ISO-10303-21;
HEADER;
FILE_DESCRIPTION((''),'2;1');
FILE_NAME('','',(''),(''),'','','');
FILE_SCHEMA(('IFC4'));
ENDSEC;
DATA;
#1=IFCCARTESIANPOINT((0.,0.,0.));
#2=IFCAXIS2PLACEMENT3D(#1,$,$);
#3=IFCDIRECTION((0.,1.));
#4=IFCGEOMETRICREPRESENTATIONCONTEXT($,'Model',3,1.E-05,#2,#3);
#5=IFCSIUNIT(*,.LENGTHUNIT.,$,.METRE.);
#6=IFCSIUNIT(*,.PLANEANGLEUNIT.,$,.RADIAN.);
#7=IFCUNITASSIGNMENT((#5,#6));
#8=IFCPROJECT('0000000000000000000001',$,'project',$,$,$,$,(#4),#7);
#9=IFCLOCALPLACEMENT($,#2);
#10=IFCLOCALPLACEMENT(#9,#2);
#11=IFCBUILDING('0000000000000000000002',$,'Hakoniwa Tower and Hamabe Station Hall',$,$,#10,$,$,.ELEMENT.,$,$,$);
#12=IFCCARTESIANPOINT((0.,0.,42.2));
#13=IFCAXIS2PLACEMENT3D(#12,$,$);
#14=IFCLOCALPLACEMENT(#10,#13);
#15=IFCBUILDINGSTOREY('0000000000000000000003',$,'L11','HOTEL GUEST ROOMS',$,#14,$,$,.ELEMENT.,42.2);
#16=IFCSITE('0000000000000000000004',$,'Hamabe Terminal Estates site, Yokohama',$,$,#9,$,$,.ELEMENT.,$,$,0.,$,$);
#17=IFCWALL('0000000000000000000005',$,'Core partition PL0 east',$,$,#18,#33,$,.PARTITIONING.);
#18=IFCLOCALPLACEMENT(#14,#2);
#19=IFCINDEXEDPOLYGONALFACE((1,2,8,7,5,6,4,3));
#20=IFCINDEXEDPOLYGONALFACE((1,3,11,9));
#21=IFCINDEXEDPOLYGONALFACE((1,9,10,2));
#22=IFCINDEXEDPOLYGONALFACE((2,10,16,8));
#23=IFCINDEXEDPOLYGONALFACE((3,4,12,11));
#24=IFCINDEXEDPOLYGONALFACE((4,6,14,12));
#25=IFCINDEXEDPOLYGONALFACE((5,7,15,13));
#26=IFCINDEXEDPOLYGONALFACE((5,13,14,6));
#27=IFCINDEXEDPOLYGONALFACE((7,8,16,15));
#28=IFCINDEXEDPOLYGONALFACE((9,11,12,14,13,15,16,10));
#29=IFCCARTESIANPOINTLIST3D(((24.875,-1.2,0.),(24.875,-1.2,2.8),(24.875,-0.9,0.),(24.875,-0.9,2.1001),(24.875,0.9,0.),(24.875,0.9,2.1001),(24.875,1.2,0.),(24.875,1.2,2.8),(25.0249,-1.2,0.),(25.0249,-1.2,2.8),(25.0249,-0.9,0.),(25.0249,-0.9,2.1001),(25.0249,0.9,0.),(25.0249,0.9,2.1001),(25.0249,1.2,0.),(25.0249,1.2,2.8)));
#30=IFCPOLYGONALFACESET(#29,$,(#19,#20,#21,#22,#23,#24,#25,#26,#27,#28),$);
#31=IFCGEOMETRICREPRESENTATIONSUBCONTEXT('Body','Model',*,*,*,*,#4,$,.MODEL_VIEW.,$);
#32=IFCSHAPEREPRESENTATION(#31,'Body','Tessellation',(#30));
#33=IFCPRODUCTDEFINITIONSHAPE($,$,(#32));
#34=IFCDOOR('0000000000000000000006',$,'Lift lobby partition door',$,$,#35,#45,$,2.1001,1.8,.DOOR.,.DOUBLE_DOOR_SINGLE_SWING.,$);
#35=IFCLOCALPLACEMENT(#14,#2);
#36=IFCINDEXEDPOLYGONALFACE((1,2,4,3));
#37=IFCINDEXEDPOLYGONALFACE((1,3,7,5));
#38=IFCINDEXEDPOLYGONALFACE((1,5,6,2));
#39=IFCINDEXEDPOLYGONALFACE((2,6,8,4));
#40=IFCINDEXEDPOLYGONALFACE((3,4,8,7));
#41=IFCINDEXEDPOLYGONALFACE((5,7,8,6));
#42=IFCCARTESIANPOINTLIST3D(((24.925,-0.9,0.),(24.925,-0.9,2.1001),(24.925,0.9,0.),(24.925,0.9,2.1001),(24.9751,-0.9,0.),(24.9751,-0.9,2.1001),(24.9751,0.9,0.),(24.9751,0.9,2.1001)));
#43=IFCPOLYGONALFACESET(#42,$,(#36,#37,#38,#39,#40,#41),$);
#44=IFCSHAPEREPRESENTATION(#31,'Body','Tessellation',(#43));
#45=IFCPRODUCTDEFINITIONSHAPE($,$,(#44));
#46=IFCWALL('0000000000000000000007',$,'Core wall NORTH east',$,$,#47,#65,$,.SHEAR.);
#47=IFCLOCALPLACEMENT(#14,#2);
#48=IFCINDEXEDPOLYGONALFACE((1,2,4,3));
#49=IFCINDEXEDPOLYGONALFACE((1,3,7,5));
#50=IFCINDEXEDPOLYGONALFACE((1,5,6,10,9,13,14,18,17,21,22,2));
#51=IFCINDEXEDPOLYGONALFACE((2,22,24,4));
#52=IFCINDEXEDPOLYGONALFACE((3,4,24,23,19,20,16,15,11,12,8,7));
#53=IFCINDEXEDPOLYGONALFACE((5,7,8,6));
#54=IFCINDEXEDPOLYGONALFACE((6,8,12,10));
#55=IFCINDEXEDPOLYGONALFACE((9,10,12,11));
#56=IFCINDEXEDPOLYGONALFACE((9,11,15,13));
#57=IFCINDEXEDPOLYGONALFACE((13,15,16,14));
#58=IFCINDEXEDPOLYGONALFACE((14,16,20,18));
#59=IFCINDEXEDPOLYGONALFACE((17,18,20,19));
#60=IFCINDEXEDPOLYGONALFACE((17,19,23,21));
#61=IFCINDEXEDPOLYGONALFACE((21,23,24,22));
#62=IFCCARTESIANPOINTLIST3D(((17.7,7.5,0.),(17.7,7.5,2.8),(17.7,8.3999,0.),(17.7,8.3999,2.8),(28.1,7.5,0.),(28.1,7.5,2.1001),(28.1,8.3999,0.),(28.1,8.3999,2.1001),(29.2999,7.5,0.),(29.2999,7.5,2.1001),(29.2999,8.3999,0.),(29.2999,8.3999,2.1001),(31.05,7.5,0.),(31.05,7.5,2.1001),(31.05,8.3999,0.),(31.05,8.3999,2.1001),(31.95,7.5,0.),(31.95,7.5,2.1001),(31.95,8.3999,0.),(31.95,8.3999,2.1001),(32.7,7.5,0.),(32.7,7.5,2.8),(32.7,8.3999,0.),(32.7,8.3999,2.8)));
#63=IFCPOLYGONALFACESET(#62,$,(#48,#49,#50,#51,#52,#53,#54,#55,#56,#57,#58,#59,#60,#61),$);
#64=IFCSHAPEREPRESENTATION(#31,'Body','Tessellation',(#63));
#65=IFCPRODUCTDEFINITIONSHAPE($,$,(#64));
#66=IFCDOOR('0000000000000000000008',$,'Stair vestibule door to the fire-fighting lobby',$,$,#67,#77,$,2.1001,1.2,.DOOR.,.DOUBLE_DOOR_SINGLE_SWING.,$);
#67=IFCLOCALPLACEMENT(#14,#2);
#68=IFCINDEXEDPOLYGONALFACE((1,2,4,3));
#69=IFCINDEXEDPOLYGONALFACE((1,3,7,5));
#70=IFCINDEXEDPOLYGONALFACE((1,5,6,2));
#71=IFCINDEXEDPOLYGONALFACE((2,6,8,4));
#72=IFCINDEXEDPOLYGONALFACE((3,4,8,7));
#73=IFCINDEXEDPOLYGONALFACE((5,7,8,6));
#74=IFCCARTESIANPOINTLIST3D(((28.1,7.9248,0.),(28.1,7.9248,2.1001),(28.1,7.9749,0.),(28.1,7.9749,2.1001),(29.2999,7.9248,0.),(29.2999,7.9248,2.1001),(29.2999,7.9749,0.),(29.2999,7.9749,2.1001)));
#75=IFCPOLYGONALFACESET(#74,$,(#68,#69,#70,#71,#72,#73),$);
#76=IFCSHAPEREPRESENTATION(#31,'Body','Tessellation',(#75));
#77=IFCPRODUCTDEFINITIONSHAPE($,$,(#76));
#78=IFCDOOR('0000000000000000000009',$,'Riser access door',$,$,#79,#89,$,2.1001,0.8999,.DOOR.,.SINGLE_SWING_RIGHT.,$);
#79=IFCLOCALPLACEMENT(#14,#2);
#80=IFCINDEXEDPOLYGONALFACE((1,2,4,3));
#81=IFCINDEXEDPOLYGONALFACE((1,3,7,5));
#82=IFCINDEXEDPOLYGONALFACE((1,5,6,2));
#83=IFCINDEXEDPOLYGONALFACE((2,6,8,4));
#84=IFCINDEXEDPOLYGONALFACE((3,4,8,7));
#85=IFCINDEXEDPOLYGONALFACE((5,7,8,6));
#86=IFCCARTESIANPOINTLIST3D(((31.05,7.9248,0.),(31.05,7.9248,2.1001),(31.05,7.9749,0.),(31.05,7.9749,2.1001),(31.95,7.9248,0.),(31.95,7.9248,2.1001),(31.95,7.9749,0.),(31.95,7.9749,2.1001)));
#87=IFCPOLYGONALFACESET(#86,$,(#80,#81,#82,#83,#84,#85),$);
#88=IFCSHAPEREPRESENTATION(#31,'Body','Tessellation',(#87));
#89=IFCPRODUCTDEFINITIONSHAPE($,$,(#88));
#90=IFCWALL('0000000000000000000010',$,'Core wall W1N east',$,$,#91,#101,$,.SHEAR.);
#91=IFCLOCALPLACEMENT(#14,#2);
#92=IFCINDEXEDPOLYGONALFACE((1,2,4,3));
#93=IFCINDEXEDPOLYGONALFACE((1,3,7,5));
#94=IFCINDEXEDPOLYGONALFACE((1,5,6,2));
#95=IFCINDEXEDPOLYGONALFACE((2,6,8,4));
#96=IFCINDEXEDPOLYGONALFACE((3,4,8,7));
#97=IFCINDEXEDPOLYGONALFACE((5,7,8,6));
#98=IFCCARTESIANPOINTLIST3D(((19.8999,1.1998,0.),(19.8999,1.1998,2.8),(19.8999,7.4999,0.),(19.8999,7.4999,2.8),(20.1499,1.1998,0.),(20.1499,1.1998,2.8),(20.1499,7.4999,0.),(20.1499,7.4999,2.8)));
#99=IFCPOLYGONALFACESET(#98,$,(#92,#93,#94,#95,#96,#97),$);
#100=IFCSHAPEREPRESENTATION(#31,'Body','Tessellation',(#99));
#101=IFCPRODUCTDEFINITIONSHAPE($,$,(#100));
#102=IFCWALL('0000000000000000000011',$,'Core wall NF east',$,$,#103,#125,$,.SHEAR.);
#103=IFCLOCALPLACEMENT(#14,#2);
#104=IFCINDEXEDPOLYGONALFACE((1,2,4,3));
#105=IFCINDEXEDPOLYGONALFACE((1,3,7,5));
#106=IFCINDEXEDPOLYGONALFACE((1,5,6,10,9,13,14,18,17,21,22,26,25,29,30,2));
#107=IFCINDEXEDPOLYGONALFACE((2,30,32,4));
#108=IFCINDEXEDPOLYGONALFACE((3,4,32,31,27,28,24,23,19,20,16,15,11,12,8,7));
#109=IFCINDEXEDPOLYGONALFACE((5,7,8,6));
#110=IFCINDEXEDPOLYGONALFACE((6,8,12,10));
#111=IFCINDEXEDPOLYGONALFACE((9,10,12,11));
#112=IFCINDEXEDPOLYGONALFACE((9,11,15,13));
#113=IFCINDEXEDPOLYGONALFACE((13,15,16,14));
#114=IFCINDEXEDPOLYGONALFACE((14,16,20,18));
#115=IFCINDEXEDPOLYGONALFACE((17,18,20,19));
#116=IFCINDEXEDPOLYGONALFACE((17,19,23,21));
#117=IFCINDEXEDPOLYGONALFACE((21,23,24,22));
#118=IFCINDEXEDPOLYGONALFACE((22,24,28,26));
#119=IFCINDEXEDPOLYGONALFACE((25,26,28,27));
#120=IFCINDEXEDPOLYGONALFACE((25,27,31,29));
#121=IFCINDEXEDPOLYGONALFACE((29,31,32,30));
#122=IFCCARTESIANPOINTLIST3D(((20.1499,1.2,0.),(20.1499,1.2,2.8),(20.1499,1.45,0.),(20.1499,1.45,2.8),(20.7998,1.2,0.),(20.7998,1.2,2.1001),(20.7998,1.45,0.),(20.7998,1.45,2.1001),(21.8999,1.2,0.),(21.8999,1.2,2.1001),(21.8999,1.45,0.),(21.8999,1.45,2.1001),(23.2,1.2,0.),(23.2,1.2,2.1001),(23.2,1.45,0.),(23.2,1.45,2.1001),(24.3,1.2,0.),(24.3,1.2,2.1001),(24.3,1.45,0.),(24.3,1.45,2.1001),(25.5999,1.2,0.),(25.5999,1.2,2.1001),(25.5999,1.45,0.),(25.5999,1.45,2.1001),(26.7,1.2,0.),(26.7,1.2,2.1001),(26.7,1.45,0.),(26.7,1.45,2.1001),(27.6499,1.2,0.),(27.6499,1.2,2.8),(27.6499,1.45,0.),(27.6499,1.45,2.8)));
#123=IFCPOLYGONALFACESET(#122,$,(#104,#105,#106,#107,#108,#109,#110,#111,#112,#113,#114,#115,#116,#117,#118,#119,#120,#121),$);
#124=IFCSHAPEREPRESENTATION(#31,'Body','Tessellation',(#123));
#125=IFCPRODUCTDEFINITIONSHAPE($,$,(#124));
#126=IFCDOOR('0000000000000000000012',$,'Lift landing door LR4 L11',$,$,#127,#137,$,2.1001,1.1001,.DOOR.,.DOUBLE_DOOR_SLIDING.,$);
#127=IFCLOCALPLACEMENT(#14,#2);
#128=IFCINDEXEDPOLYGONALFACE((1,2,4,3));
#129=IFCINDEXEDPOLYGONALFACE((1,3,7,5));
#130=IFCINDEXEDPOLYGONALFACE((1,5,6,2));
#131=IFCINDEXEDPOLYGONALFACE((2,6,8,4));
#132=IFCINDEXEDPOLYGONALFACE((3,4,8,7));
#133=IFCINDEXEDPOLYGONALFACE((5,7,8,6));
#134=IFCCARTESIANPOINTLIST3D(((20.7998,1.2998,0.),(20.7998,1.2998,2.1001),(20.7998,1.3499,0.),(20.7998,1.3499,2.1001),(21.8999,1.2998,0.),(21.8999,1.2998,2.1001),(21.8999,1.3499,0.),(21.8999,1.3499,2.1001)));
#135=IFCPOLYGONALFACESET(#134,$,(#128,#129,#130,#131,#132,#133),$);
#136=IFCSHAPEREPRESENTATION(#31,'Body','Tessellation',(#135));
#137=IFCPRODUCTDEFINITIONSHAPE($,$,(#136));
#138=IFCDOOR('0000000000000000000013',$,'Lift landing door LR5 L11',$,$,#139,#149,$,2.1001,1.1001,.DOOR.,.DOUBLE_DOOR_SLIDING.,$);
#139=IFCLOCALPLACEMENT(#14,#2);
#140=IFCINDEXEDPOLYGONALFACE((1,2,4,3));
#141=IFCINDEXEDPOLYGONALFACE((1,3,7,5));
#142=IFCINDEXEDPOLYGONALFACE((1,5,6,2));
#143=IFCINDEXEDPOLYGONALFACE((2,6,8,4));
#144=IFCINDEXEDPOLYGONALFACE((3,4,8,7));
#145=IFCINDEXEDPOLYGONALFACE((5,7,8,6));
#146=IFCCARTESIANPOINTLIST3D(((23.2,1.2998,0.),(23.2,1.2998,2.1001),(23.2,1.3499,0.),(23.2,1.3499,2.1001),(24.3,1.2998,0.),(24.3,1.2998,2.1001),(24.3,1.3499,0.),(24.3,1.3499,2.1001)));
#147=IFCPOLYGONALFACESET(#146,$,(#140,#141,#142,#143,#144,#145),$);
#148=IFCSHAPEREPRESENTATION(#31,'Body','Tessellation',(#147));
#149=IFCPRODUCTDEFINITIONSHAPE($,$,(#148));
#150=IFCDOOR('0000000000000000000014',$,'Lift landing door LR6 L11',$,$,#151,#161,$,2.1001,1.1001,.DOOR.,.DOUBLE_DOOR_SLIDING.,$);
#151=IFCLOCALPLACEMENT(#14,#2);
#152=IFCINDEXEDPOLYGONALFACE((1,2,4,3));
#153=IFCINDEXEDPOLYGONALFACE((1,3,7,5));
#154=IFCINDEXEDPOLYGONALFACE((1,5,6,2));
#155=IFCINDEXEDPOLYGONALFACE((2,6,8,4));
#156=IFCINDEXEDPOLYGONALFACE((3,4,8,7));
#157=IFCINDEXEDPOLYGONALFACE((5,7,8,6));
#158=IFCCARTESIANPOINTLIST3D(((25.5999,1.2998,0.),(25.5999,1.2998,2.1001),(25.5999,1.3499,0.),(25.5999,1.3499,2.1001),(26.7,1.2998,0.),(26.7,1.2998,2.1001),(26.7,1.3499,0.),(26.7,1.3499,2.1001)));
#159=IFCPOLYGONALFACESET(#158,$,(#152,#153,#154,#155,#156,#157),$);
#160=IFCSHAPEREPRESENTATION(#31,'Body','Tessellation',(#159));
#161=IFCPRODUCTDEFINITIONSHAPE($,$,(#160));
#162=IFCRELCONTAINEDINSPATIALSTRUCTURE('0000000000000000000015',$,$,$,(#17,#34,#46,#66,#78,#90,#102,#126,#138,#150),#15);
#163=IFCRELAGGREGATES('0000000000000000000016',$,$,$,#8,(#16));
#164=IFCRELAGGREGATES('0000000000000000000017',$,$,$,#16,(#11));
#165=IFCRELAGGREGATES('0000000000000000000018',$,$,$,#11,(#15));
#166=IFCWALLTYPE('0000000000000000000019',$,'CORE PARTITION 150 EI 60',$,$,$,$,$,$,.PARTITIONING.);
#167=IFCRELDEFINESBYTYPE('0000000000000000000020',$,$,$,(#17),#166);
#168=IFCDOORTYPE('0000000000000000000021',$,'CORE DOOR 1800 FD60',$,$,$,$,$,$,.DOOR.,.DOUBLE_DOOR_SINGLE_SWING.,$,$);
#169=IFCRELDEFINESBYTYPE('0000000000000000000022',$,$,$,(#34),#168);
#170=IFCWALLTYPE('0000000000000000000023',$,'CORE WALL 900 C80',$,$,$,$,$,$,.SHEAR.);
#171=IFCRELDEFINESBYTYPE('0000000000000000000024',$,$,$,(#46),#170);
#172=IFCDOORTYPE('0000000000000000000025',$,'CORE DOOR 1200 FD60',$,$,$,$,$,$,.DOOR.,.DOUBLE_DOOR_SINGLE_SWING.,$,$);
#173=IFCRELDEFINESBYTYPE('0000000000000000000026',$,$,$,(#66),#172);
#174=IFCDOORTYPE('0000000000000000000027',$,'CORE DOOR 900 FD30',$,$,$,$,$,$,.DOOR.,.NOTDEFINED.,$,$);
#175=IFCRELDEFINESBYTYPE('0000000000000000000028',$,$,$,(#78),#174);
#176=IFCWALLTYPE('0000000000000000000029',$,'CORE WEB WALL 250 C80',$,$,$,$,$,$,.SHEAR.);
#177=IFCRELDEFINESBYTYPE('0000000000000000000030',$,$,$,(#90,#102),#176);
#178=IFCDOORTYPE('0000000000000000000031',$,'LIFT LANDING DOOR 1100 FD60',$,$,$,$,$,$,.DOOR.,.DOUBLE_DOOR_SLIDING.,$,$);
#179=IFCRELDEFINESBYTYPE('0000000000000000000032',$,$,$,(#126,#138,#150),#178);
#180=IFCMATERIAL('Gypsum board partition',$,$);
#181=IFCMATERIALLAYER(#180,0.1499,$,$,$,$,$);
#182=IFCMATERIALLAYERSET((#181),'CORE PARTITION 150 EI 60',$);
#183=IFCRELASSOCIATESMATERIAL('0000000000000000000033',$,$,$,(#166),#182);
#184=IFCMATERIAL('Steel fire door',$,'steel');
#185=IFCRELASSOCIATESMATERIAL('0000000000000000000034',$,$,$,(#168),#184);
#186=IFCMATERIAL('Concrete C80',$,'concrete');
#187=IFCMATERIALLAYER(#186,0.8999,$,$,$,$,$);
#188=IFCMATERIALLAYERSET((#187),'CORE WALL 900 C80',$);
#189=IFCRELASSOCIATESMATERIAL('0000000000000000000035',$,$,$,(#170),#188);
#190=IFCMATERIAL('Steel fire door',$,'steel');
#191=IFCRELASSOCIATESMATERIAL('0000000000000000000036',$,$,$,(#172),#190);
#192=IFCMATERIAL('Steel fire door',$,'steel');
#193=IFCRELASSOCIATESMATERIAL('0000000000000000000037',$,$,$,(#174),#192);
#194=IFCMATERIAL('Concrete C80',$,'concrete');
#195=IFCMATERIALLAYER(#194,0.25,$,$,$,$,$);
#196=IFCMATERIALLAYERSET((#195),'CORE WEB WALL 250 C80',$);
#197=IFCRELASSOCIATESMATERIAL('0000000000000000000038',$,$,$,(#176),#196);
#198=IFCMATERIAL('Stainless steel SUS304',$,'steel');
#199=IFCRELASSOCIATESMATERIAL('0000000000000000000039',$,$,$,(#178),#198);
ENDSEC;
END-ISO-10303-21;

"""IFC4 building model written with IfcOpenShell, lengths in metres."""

from ifc_helpers import new_model, si_unit, direction, frame, frame_2d, origin, place, context, subcontext, project, spatial, rectangle, extrude, material, layer, layer_set, type_object, element, fill, save


model = new_model("IFC4")

# Units and contexts
model_context = context("Model", 3, precision=1e-05, world=origin(), true_north=direction((0.0, 1.0)))
body_context = subcontext(model_context, "Body", "Model", "MODEL_VIEW")
ifc_project = project(units=[si_unit("LENGTHUNIT", "METRE"), si_unit("PLANEANGLEUNIT", "RADIAN")], contexts=[model_context])

# Site, building, storey
site_placement = place(None, origin())
site = spatial("IfcSite", under=ifc_project, at=site_placement, Name="Hamabe Terminal Estates site, Yokohama", CompositionType="ELEMENT", RefElevation=0.0)
building_placement = place(site_placement, origin())
building = spatial("IfcBuilding", under=site, at=building_placement, Name="Hakoniwa Tower and Hamabe Station Hall", CompositionType="ELEMENT")
storey_placement = place(building_placement, frame((0.0, 0.0, 42.2)))
storey = spatial("IfcBuildingStorey", under=building, at=storey_placement, Name="L11", Description="HOTEL GUEST ROOMS", CompositionType="ELEMENT", Elevation=42.2)

# Wall, opening, door
ifc_material_1 = material(Name="Gypsum board partition")
ifc_layer_1 = layer(ifc_material_1, 0.1499)
ifc_layer_set_1 = layer_set([ifc_layer_1], Name="CORE PARTITION 150 EI 60")
wall_type_1 = type_object("IfcWallType", Name="CORE PARTITION 150 EI 60", PredefinedType="PARTITIONING", material=ifc_layer_set_1)
wall_1_placement = place(storey_placement, frame((24.95, -1.2, 0.0), z_axis=(0.0, 0.0, 1.0), x_axis=(0.0, 1.0, 0.0)))
wall_1 = element("IfcWall", 1, at=wall_1_placement, inside=storey, type_object=wall_type_1, Name="Core partition PL0 east", PredefinedType="PARTITIONING", context=body_context, shape_type="SweptSolid", body=[
    extrude(rectangle(XDim=2.3999, YDim=0.1499, at=frame_2d((1.2, 0.0))), origin(), (0.0, 0.0, 1.0), 2.8),
])
opening_1_placement = place(wall_1_placement, frame((0.3, 0.0, 0.0)))
opening_1 = element("IfcOpeningElement", 2, at=opening_1_placement, cuts=wall_1, PredefinedType="OPENING", context=body_context, shape_type="SweptSolid", body=[
    extrude(rectangle(XDim=1.8, YDim=2.1001, at=frame_2d((0.8999, 1.05))), frame((0.0, 0.085, 0.0), z_axis=(0.0, -1.0, 0.0), x_axis=(1.0, 0.0, 0.0)), (0.0, 0.0, 1.0), 0.1699),
])
ifc_material_2 = material(Name="Steel fire door", Category="steel")
door_type_1 = type_object("IfcDoorType", Name="CORE DOOR 1800 FD60", OperationType="DOUBLE_DOOR_SINGLE_SWING", PredefinedType="DOOR", material=ifc_material_2)
door_1_placement = place(opening_1_placement, origin())
door_1 = element("IfcDoor", 3, at=door_1_placement, inside=storey, type_object=door_type_1, Name="Lift lobby partition door", OperationType="DOUBLE_DOOR_SINGLE_SWING", OverallHeight=2.1001, OverallWidth=1.8, PredefinedType="DOOR", context=body_context, shape_type="SweptSolid", body=[
    extrude(rectangle(XDim=1.8, YDim=2.1001, at=frame_2d((0.8999, 1.05))), frame((0.0, 0.0249, 0.0), z_axis=(0.0, -1.0, 0.0), x_axis=(1.0, 0.0, 0.0)), (0.0, 0.0, 1.0), 0.05),
])
fill(opening_1, door_1)

# Wall, openings, doors
ifc_material_3 = material(Name="Concrete C80", Category="concrete")
ifc_layer_2 = layer(ifc_material_3, 0.8999)
ifc_layer_set_2 = layer_set([ifc_layer_2], Name="CORE WALL 900 C80")
wall_type_2 = type_object("IfcWallType", Name="CORE WALL 900 C80", PredefinedType="SHEAR", material=ifc_layer_set_2)
wall_2_placement = place(storey_placement, frame((17.7, 7.95, 0.0), z_axis=(0.0, 0.0, 1.0), x_axis=(1.0, 0.0, 0.0)))
wall_2 = element("IfcWall", 4, at=wall_2_placement, inside=storey, type_object=wall_type_2, Name="Core wall NORTH east", PredefinedType="SHEAR", context=body_context, shape_type="SweptSolid", body=[
    extrude(rectangle(XDim=15.0, YDim=0.8999, at=frame_2d((7.5, 0.0))), origin(), (0.0, 0.0, 1.0), 2.8),
])
opening_2_placement = place(wall_2_placement, frame((10.3999, 0.0, 0.0)))
opening_2 = element("IfcOpeningElement", 5, at=opening_2_placement, cuts=wall_2, PredefinedType="OPENING", context=body_context, shape_type="SweptSolid", body=[
    extrude(rectangle(XDim=1.2, YDim=2.1001, at=frame_2d((0.6001, 1.05))), frame((0.0, 0.46, 0.0), z_axis=(0.0, -1.0, 0.0), x_axis=(1.0, 0.0, 0.0)), (0.0, 0.0, 1.0), 0.9199),
])
opening_3_placement = place(wall_2_placement, frame((13.3501, 0.0, 0.0)))
opening_3 = element("IfcOpeningElement", 6, at=opening_3_placement, cuts=wall_2, PredefinedType="OPENING", context=body_context, shape_type="SweptSolid", body=[
    extrude(rectangle(XDim=0.8999, YDim=2.1001, at=frame_2d((0.45, 1.05))), frame((0.0, 0.46, 0.0), z_axis=(0.0, -1.0, 0.0), x_axis=(1.0, 0.0, 0.0)), (0.0, 0.0, 1.0), 0.9199),
])
ifc_material_4 = material(Name="Steel fire door", Category="steel")
door_type_2 = type_object("IfcDoorType", Name="CORE DOOR 1200 FD60", OperationType="DOUBLE_DOOR_SINGLE_SWING", PredefinedType="DOOR", material=ifc_material_4)
door_2_placement = place(opening_2_placement, origin())
door_2 = element("IfcDoor", 7, at=door_2_placement, inside=storey, type_object=door_type_2, Name="Stair vestibule door to the fire-fighting lobby", OperationType="DOUBLE_DOOR_SINGLE_SWING", OverallHeight=2.1001, OverallWidth=1.2, PredefinedType="DOOR", context=body_context, shape_type="SweptSolid", body=[
    extrude(rectangle(XDim=1.2, YDim=2.1001, at=frame_2d((0.6001, 1.05))), frame((0.0, 0.0249, 0.0), z_axis=(0.0, -1.0, 0.0), x_axis=(1.0, 0.0, 0.0)), (0.0, 0.0, 1.0), 0.05),
])
fill(opening_2, door_2)
ifc_material_5 = material(Name="Steel fire door", Category="steel")
door_type_3 = type_object("IfcDoorType", Name="CORE DOOR 900 FD30", OperationType="NOTDEFINED", PredefinedType="DOOR", material=ifc_material_5)
door_3_placement = place(opening_3_placement, origin())
door_3 = element("IfcDoor", 8, at=door_3_placement, inside=storey, type_object=door_type_3, Name="Riser access door", OperationType="SINGLE_SWING_RIGHT", OverallHeight=2.1001, OverallWidth=0.8999, PredefinedType="DOOR", context=body_context, shape_type="SweptSolid", body=[
    extrude(rectangle(XDim=0.8999, YDim=2.1001, at=frame_2d((0.45, 1.05))), frame((0.0, 0.0249, 0.0), z_axis=(0.0, -1.0, 0.0), x_axis=(1.0, 0.0, 0.0)), (0.0, 0.0, 1.0), 0.05),
])
fill(opening_3, door_3)

# Wall
ifc_material_6 = material(Name="Concrete C80", Category="concrete")
ifc_layer_3 = layer(ifc_material_6, 0.25)
ifc_layer_set_3 = layer_set([ifc_layer_3], Name="CORE WEB WALL 250 C80")
wall_type_3 = type_object("IfcWallType", Name="CORE WEB WALL 250 C80", PredefinedType="SHEAR", material=ifc_layer_set_3)
wall_3_placement = place(storey_placement, frame((20.0249, 1.2, 0.0), z_axis=(0.0, 0.0, 1.0), x_axis=(0.0, 1.0, 0.0)))
element("IfcWall", 9, at=wall_3_placement, inside=storey, type_object=wall_type_3, Name="Core wall W1N east", PredefinedType="SHEAR", context=body_context, shape_type="SweptSolid", body=[
    extrude(rectangle(XDim=6.3, YDim=0.25, at=frame_2d((3.1499, 0.0))), origin(), (0.0, 0.0, 1.0), 2.8),
])

# Wall, openings, doors
wall_4_placement = place(storey_placement, frame((20.1499, 1.325, 0.0), z_axis=(0.0, 0.0, 1.0), x_axis=(1.0, 0.0, 0.0)))
wall_4 = element("IfcWall", 10, at=wall_4_placement, inside=storey, type_object=wall_type_3, Name="Core wall NF east", PredefinedType="SHEAR", context=body_context, shape_type="SweptSolid", body=[
    extrude(rectangle(XDim=7.5, YDim=0.25, at=frame_2d((3.75, 0.0))), origin(), (0.0, 0.0, 1.0), 2.8),
])
opening_4_placement = place(wall_4_placement, frame((0.6499, 0.0, 0.0)))
opening_4 = element("IfcOpeningElement", 11, at=opening_4_placement, cuts=wall_4, PredefinedType="OPENING", context=body_context, shape_type="SweptSolid", body=[
    extrude(rectangle(XDim=1.1001, YDim=2.1001, at=frame_2d((0.55, 1.05))), frame((0.0, 0.135, 0.0), z_axis=(0.0, -1.0, 0.0), x_axis=(1.0, 0.0, 0.0)), (0.0, 0.0, 1.0), 0.27),
])
opening_5_placement = place(wall_4_placement, frame((3.05, 0.0, 0.0)))
opening_5 = element("IfcOpeningElement", 12, at=opening_5_placement, cuts=wall_4, PredefinedType="OPENING", context=body_context, shape_type="SweptSolid", body=[
    extrude(rectangle(XDim=1.1001, YDim=2.1001, at=frame_2d((0.55, 1.05))), frame((0.0, 0.135, 0.0), z_axis=(0.0, -1.0, 0.0), x_axis=(1.0, 0.0, 0.0)), (0.0, 0.0, 1.0), 0.27),
])
opening_6_placement = place(wall_4_placement, frame((5.45, 0.0, 0.0)))
opening_6 = element("IfcOpeningElement", 13, at=opening_6_placement, cuts=wall_4, PredefinedType="OPENING", context=body_context, shape_type="SweptSolid", body=[
    extrude(rectangle(XDim=1.1001, YDim=2.1001, at=frame_2d((0.55, 1.05))), frame((0.0, 0.135, 0.0), z_axis=(0.0, -1.0, 0.0), x_axis=(1.0, 0.0, 0.0)), (0.0, 0.0, 1.0), 0.27),
])
ifc_material_7 = material(Name="Stainless steel SUS304", Category="steel")
door_type_4 = type_object("IfcDoorType", Name="LIFT LANDING DOOR 1100 FD60", OperationType="DOUBLE_DOOR_SLIDING", PredefinedType="DOOR", material=ifc_material_7)
door_4_placement = place(opening_4_placement, origin())
door_4 = element("IfcDoor", 14, at=door_4_placement, inside=storey, type_object=door_type_4, Name="Lift landing door LR4 L11", OperationType="DOUBLE_DOOR_SLIDING", OverallHeight=2.1001, OverallWidth=1.1001, PredefinedType="DOOR", context=body_context, shape_type="SweptSolid", body=[
    extrude(rectangle(XDim=1.1001, YDim=2.1001, at=frame_2d((0.55, 1.05))), frame((0.0, 0.0249, 0.0), z_axis=(0.0, -1.0, 0.0), x_axis=(1.0, 0.0, 0.0)), (0.0, 0.0, 1.0), 0.05),
])
fill(opening_4, door_4)
door_5_placement = place(opening_5_placement, origin())
door_5 = element("IfcDoor", 15, at=door_5_placement, inside=storey, type_object=door_type_4, Name="Lift landing door LR5 L11", OperationType="DOUBLE_DOOR_SLIDING", OverallHeight=2.1001, OverallWidth=1.1001, PredefinedType="DOOR", context=body_context, shape_type="SweptSolid", body=[
    extrude(rectangle(XDim=1.1001, YDim=2.1001, at=frame_2d((0.55, 1.05))), frame((0.0, 0.0249, 0.0), z_axis=(0.0, -1.0, 0.0), x_axis=(1.0, 0.0, 0.0)), (0.0, 0.0, 1.0), 0.05),
])
fill(opening_5, door_5)
door_6_placement = place(opening_6_placement, origin())
door_6 = element("IfcDoor", 16, at=door_6_placement, inside=storey, type_object=door_type_4, Name="Lift landing door LR6 L11", OperationType="DOUBLE_DOOR_SLIDING", OverallHeight=2.1001, OverallWidth=1.1001, PredefinedType="DOOR", context=body_context, shape_type="SweptSolid", body=[
    extrude(rectangle(XDim=1.1001, YDim=2.1001, at=frame_2d((0.55, 1.05))), frame((0.0, 0.0249, 0.0), z_axis=(0.0, -1.0, 0.0), x_axis=(1.0, 0.0, 0.0)), (0.0, 0.0, 1.0), 0.05),
])
fill(opening_6, door_6)

save(model, "model.ifc")
